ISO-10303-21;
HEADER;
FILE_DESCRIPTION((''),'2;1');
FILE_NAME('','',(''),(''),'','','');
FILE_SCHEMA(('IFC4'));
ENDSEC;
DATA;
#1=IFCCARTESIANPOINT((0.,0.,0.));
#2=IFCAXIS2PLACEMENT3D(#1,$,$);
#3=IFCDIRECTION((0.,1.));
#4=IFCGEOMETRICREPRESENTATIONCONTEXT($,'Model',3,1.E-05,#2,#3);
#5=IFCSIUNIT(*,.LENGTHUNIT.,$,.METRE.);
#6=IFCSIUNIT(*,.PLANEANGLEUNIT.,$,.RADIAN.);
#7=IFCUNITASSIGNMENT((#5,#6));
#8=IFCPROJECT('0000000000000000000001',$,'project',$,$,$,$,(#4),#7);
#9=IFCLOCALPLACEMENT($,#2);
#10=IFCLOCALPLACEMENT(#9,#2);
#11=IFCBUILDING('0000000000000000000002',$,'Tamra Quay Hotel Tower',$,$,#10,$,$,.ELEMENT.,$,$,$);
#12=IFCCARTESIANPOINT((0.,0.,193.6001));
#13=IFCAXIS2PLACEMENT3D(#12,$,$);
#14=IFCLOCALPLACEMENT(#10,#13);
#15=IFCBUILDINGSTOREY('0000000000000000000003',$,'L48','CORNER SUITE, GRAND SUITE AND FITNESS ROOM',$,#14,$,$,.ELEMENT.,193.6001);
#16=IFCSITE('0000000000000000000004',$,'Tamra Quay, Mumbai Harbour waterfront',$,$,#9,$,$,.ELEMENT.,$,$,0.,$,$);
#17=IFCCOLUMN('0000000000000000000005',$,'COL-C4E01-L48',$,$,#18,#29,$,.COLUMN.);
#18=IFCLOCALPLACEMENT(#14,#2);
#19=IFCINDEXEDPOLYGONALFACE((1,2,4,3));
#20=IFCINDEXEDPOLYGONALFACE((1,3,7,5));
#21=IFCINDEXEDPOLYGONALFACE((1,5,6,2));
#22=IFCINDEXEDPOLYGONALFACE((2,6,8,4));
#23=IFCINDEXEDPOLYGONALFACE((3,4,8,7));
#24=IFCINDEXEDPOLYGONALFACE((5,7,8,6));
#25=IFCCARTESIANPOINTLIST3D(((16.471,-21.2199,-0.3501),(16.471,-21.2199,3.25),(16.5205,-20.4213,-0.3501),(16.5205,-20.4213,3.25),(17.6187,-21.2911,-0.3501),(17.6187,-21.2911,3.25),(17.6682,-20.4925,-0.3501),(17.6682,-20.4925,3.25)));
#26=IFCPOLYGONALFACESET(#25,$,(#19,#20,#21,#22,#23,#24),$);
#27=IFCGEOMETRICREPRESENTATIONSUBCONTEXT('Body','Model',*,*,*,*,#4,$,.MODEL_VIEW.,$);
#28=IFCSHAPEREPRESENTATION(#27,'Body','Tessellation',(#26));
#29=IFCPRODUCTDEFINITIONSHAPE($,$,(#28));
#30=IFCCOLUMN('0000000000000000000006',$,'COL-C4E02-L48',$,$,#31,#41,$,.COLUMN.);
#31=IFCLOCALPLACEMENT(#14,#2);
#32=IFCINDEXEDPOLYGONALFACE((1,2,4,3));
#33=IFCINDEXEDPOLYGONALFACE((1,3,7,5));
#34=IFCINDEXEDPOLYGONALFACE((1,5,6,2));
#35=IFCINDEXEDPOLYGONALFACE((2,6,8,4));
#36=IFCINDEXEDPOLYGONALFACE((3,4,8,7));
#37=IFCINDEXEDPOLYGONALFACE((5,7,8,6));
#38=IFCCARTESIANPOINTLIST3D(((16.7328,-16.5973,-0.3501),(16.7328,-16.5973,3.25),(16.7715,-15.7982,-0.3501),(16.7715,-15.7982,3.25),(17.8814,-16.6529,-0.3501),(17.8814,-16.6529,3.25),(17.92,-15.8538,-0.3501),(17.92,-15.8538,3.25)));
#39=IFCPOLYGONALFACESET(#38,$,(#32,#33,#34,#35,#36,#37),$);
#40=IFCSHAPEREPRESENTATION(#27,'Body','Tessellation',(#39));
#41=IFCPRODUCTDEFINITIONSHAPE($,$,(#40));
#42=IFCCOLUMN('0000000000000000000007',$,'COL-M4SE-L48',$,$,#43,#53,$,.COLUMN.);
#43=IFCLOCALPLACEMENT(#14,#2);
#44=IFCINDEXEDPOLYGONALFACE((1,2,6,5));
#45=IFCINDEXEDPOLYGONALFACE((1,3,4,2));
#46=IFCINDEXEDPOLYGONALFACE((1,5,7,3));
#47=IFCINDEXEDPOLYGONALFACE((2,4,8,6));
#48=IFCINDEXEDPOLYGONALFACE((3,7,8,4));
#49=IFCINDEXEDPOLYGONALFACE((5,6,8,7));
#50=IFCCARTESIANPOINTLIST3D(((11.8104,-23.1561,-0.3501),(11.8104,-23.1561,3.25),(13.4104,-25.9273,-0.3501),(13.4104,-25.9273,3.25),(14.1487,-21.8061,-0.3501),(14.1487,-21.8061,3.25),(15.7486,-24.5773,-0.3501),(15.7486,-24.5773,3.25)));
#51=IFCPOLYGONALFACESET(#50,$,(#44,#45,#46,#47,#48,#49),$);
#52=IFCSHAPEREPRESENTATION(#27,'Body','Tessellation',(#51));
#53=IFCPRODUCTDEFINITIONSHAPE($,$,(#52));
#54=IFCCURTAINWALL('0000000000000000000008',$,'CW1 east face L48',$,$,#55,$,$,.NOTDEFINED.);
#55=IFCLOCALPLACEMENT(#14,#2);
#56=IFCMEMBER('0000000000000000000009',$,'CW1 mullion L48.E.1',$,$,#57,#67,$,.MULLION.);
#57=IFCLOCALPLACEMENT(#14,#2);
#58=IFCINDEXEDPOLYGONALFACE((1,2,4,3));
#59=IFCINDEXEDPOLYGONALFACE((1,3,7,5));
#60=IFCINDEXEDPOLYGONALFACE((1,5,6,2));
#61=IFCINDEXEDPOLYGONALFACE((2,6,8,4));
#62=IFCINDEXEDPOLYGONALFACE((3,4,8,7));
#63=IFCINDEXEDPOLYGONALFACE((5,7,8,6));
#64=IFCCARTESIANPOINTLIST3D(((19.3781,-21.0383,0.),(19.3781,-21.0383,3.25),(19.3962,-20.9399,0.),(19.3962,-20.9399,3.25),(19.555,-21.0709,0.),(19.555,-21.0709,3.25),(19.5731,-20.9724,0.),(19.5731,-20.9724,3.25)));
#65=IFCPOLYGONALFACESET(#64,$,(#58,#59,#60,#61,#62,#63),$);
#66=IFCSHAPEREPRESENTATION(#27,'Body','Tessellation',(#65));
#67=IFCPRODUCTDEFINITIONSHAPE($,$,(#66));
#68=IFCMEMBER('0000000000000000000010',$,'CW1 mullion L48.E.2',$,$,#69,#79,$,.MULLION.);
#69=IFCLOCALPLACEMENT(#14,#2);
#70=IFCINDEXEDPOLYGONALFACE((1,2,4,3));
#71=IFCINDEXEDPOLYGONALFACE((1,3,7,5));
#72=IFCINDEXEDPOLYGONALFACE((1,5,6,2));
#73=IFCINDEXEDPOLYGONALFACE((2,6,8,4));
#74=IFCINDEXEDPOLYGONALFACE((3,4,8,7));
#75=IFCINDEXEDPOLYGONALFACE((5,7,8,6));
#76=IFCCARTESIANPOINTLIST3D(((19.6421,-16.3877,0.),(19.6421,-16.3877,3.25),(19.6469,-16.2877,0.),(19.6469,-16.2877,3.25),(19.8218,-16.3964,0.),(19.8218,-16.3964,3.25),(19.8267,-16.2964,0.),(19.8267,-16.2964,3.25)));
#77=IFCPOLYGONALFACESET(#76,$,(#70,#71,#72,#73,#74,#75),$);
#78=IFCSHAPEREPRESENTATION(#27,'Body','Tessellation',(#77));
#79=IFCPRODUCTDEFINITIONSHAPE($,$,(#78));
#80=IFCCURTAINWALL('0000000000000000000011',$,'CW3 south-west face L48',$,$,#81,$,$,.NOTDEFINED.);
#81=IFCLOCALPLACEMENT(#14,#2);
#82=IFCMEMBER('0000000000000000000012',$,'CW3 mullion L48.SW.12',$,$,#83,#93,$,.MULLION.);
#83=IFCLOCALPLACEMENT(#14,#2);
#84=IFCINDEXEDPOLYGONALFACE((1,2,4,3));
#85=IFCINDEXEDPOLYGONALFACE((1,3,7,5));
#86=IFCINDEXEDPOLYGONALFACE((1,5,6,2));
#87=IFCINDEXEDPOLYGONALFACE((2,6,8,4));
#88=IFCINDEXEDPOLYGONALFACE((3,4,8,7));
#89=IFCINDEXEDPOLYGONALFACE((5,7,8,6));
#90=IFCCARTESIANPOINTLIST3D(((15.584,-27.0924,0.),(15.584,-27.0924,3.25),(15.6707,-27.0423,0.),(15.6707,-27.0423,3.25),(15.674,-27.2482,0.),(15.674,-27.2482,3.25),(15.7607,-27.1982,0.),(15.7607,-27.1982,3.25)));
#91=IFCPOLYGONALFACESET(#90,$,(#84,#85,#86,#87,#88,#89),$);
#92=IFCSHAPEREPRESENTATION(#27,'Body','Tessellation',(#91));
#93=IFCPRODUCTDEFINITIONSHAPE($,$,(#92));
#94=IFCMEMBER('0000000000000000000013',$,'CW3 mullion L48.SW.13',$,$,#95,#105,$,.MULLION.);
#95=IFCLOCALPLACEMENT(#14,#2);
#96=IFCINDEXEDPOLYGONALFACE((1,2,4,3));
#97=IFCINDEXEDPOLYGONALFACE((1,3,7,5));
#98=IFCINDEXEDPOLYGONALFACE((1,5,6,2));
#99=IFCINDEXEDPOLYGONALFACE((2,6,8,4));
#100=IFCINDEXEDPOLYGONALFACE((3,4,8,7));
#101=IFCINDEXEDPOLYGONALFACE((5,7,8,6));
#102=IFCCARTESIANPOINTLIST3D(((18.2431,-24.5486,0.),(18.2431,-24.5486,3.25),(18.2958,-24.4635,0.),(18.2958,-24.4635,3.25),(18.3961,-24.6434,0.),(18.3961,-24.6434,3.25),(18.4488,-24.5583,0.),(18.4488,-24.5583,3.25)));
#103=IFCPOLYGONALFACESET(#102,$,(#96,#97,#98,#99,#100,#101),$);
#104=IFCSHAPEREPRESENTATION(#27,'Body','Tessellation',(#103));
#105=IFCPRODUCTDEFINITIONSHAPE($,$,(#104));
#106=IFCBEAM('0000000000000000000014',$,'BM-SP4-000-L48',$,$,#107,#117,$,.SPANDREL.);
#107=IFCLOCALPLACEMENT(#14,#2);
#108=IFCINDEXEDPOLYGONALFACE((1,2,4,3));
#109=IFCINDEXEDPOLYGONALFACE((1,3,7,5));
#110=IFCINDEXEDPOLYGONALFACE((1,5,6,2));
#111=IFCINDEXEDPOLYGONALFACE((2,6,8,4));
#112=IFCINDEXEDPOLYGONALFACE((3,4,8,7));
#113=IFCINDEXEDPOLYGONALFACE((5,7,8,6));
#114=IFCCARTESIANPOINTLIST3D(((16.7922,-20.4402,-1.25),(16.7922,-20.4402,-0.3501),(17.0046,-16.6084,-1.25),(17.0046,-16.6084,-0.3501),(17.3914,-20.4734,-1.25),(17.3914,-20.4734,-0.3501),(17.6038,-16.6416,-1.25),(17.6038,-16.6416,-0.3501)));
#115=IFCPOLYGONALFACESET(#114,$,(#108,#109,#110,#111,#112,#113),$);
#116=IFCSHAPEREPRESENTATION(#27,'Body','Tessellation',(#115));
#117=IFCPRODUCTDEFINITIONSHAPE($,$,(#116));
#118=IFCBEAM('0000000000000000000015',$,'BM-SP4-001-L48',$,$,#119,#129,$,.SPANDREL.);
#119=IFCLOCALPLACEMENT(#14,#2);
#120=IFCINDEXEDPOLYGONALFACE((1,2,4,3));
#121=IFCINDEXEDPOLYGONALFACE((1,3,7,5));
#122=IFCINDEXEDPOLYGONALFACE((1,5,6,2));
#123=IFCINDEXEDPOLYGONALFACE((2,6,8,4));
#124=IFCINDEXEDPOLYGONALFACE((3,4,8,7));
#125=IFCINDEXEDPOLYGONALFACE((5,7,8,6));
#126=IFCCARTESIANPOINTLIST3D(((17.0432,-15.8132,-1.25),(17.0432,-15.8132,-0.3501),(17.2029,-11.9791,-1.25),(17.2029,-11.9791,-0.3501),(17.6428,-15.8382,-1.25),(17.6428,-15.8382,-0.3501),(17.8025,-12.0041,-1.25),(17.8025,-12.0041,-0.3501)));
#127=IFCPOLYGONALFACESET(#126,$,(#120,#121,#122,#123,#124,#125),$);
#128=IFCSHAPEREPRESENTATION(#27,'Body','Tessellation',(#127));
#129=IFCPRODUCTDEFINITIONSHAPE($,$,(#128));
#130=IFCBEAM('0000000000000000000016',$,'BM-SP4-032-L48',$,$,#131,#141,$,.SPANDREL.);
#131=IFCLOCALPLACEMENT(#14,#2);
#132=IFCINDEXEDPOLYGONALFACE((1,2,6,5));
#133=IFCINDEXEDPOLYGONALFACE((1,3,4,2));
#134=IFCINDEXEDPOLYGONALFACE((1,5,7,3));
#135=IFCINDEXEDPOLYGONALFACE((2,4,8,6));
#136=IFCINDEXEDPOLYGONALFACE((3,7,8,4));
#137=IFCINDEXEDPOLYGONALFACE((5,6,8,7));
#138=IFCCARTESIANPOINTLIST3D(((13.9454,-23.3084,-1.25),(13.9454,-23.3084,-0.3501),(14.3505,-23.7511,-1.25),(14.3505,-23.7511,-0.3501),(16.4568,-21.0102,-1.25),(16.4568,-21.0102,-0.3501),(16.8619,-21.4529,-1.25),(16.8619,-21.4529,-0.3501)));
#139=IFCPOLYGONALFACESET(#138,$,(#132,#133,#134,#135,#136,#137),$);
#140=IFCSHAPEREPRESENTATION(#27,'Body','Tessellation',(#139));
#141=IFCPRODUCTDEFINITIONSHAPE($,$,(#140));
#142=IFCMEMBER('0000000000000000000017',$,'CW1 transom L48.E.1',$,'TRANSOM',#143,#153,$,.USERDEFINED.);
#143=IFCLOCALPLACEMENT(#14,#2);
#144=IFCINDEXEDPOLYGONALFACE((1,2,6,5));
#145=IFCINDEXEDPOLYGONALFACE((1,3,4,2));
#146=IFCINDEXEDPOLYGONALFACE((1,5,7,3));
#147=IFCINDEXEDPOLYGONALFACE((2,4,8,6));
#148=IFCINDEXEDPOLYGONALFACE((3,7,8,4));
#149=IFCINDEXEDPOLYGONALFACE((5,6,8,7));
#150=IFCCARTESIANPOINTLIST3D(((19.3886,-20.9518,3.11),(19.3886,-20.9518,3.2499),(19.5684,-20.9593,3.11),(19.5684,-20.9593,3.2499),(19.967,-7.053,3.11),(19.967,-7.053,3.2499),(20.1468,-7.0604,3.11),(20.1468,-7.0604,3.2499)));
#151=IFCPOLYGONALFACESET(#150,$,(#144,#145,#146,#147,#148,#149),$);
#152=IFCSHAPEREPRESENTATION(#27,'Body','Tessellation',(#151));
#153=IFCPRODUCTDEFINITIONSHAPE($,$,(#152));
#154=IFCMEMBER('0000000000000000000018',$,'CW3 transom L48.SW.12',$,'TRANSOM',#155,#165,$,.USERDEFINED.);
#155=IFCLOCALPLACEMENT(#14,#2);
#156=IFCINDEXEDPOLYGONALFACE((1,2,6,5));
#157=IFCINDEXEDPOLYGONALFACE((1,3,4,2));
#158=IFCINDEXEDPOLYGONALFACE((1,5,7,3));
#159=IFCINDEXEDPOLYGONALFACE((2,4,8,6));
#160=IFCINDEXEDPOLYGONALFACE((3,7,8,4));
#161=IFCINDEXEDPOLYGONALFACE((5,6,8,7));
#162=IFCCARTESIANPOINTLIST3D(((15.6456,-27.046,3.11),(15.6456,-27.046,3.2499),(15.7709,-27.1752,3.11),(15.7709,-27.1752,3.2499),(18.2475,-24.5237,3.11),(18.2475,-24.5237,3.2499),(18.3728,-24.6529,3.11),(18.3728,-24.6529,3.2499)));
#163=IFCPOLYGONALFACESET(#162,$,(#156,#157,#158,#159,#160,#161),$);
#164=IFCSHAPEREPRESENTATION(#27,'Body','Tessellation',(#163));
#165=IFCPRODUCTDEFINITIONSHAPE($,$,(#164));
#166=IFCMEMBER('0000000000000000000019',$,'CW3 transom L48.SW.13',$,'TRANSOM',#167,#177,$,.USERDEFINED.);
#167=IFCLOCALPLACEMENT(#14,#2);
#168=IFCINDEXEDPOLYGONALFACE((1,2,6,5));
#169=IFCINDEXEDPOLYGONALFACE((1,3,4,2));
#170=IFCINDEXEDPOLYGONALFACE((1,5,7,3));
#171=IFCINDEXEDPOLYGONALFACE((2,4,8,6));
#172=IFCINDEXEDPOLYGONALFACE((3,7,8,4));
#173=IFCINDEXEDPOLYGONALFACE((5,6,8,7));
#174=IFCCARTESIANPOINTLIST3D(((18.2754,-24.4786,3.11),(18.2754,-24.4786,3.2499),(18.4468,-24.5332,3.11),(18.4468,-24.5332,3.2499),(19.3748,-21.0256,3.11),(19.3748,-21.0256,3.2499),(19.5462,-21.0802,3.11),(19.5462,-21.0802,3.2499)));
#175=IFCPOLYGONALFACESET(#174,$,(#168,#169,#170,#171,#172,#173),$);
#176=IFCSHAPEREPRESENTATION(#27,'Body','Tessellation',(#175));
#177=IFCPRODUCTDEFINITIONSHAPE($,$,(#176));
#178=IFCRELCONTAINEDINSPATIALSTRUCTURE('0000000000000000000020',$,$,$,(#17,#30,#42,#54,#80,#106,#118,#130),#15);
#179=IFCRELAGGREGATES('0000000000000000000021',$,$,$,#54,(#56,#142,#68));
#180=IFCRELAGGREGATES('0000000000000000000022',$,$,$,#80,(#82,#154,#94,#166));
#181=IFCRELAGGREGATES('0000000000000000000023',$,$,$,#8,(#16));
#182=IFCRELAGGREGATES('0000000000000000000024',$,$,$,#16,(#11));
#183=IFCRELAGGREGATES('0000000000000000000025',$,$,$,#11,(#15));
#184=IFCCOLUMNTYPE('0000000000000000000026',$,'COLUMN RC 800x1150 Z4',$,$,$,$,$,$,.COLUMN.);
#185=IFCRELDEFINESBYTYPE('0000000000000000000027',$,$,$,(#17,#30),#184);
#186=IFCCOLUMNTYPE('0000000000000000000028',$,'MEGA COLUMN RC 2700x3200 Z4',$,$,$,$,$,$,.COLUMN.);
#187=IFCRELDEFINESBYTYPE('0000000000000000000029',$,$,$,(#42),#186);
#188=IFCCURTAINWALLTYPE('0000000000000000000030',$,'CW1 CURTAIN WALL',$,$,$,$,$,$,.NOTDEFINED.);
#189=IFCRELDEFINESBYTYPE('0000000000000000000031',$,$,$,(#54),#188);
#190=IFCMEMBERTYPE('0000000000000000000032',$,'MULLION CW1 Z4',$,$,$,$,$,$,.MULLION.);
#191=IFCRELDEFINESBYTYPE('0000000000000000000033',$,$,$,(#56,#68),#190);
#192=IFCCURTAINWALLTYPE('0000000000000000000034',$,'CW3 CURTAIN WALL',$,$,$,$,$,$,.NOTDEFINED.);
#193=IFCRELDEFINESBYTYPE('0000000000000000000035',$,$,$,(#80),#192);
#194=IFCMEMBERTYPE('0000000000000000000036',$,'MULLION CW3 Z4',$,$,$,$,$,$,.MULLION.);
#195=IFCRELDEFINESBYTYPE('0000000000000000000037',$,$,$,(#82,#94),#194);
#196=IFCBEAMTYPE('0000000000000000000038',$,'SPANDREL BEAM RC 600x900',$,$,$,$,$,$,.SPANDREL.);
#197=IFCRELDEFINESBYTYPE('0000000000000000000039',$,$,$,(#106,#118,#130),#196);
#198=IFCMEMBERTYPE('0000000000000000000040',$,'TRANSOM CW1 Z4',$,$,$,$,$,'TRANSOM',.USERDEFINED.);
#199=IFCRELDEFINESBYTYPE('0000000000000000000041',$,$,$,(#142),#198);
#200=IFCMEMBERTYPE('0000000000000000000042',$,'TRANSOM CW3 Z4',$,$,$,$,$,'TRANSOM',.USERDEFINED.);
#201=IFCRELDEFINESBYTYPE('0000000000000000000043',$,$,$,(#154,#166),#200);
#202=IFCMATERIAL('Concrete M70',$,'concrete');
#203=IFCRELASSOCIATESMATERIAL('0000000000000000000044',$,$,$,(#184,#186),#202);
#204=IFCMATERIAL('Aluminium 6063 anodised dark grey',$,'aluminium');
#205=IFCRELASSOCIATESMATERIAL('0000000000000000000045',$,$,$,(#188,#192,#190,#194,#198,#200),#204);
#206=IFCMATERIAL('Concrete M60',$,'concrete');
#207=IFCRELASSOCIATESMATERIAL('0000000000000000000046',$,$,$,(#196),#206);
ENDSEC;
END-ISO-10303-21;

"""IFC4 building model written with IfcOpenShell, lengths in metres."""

from ifc_helpers import new_model, si_unit, direction, frame, origin, origin_2d, place, context, subcontext, project, spatial, rectangle, extrude, material, material_profile, profile_set, type_object, element, aggregate, save


model = new_model("IFC4")

# Units and contexts
model_context = context("Model", 3, precision=1e-05, world=origin(), true_north=direction((0.0, 1.0)))
body_context = subcontext(model_context, "Body", "Model", "MODEL_VIEW")
ifc_project = project(units=[si_unit("LENGTHUNIT", "METRE"), si_unit("PLANEANGLEUNIT", "RADIAN")], contexts=[model_context])

# Site, building, storey
site_placement = place(None, origin())
site = spatial("IfcSite", under=ifc_project, at=site_placement, Name="Tamra Quay, Mumbai Harbour waterfront", CompositionType="ELEMENT", RefElevation=0.0)
building_placement = place(site_placement, origin())
building = spatial("IfcBuilding", under=site, at=building_placement, Name="Tamra Quay Hotel Tower", CompositionType="ELEMENT")
storey_placement = place(building_placement, frame((0.0, 0.0, 193.6001)))
storey = spatial("IfcBuildingStorey", under=building, at=storey_placement, Name="L48", Description="CORNER SUITE, GRAND SUITE AND FITNESS ROOM", CompositionType="ELEMENT", Elevation=193.6001)

# Columns
ifc_material_1 = material(Name="Concrete M70", Category="concrete")
ifc_material_profile_1 = material_profile(ifc_material_1, rectangle(XDim=1.1499, YDim=0.8, at=origin_2d()), Name="COLUMN RC 800x1150 Z4")
ifc_profile_set_1 = profile_set([ifc_material_profile_1], Name="Concrete M70")
column_type_1 = type_object("IfcColumnType", Name="COLUMN RC 800x1150 Z4", PredefinedType="COLUMN", material=ifc_profile_set_1)
for number, where, z_axis, x_axis, name in (
    (1, (17.0696, -20.8562, -0.3501), (0.0, 0.0, 1.0), (-0.998081, 0.061921, 0.0), "COL-C4E01-L48"),
    (2, (17.3264, -16.2256, -0.3501), (0.0, 0.0, 1.0), (-0.998831, 0.048344, 0.0), "COL-C4E02-L48"),
):
    element("IfcColumn", number, at=place(storey_placement, frame(where, z_axis=z_axis, x_axis=x_axis)), inside=storey, type_object=column_type_1, Name=name, PredefinedType="COLUMN", context=body_context, shape_type="SweptSolid", body=[
        extrude(rectangle(XDim=1.1499, YDim=0.8, at=origin_2d()), origin(), (0.0, 0.0, 1.0), 3.6001),
    ])
ifc_material_profile_2 = material_profile(ifc_material_1, rectangle(XDim=3.2, YDim=2.7, at=origin_2d()), Name="MEGA COLUMN RC 2700x3200 Z4")
ifc_profile_set_2 = profile_set([ifc_material_profile_2], Name="Concrete M70")
column_type_2 = type_object("IfcColumnType", Name="MEGA COLUMN RC 2700x3200 Z4", PredefinedType="COLUMN", material=ifc_profile_set_2)
column_placement = place(storey_placement, frame((13.7795, -23.8667, -0.3501), z_axis=(0.0, 0.0, 1.0), x_axis=(-0.5, 0.866025, 0.0)))
element("IfcColumn", 3, at=column_placement, inside=storey, type_object=column_type_2, Name="COL-M4SE-L48", PredefinedType="COLUMN", context=body_context, shape_type="SweptSolid", body=[
    extrude(rectangle(XDim=3.2, YDim=2.7, at=origin_2d()), origin(), (0.0, 0.0, 1.0), 3.6001),
])

# Curtain walls, members
ifc_material_2 = material(Name="Aluminium 6063 anodised dark grey", Category="aluminium")
curtain_wall_type_1 = type_object("IfcCurtainWallType", Name="CW1 CURTAIN WALL", PredefinedType="NOTDEFINED", material=ifc_material_2)
curtain_wall_1_placement = place(storey_placement, origin())
curtain_wall_1 = element("IfcCurtainWall", 4, at=curtain_wall_1_placement, inside=storey, type_object=curtain_wall_type_1, Name="CW1 east face L48", PredefinedType="NOTDEFINED")
ifc_material_profile_3 = material_profile(ifc_material_2, rectangle(XDim=0.1799, YDim=0.1001, at=origin_2d()), Name="MULLION 100X180")
ifc_profile_set_3 = profile_set([ifc_material_profile_3], Name="Aluminium 6063 anodised dark grey")
member_type_1 = type_object("IfcMemberType", Name="MULLION CW1 Z4", PredefinedType="MULLION", material=ifc_profile_set_3)
member_1_placement = place(storey_placement, frame((19.4756, -21.0054, 0.0), z_axis=(0.0, 0.0, 1.0), x_axis=(0.983509, -0.180857, 0.0)))
member_1 = element("IfcMember", 5, at=member_1_placement, type_object=member_type_1, Name="CW1 mullion L48.E.1", PredefinedType="MULLION", context=body_context, shape_type="SweptSolid", body=[
    extrude(rectangle(XDim=0.1799, YDim=0.1001, at=origin_2d()), origin(), (0.0, 0.0, 1.0), 3.25),
])
member_2_placement = place(storey_placement, frame((19.7344, -16.342, 0.0), z_axis=(0.0, 0.0, 1.0), x_axis=(0.998823, -0.048509, 0.0)))
member_2 = element("IfcMember", 6, at=member_2_placement, type_object=member_type_1, Name="CW1 mullion L48.E.2", PredefinedType="MULLION", context=body_context, shape_type="SweptSolid", body=[
    extrude(rectangle(XDim=0.1799, YDim=0.1001, at=origin_2d()), origin(), (0.0, 0.0, 1.0), 3.25),
])
curtain_wall_type_2 = type_object("IfcCurtainWallType", Name="CW3 CURTAIN WALL", PredefinedType="NOTDEFINED", material=ifc_material_2)
curtain_wall_2_placement = place(storey_placement, origin())
curtain_wall_2 = element("IfcCurtainWall", 7, at=curtain_wall_2_placement, inside=storey, type_object=curtain_wall_type_2, Name="CW3 south-west face L48", PredefinedType="NOTDEFINED")
ifc_material_profile_4 = material_profile(ifc_material_2, rectangle(XDim=0.1799, YDim=0.1001, at=origin_2d()), Name="MULLION 100X180")
ifc_profile_set_4 = profile_set([ifc_material_profile_4], Name="Aluminium 6063 anodised dark grey")
member_type_2 = type_object("IfcMemberType", Name="MULLION CW3 Z4", PredefinedType="MULLION", material=ifc_profile_set_4)
member_3_placement = place(storey_placement, frame((15.6724, -27.1453, 0.0), z_axis=(0.0, 0.0, 1.0), x_axis=(0.5, -0.866025, 0.0)))
member_3 = element("IfcMember", 8, at=member_3_placement, type_object=member_type_2, Name="CW3 mullion L48.SW.12", PredefinedType="MULLION", context=body_context, shape_type="SweptSolid", body=[
    extrude(rectangle(XDim=0.1799, YDim=0.1001, at=origin_2d()), origin(), (0.0, 0.0, 1.0), 3.25),
])
member_4_placement = place(storey_placement, frame((18.3459, -24.5535, 0.0), z_axis=(0.0, 0.0, 1.0), x_axis=(0.850122, -0.526586, 0.0)))
member_4 = element("IfcMember", 9, at=member_4_placement, type_object=member_type_2, Name="CW3 mullion L48.SW.13", PredefinedType="MULLION", context=body_context, shape_type="SweptSolid", body=[
    extrude(rectangle(XDim=0.1799, YDim=0.1001, at=origin_2d()), origin(), (0.0, 0.0, 1.0), 3.25),
])

# Beams
ifc_material_3 = material(Name="Concrete M60", Category="concrete")
ifc_material_profile_5 = material_profile(ifc_material_3, rectangle(XDim=0.6001, YDim=0.8999, at=origin_2d()), Name="SPANDREL BEAM RC 600x900")
ifc_profile_set_5 = profile_set([ifc_material_profile_5], Name="Concrete M60")
beam_type = type_object("IfcBeamType", Name="SPANDREL BEAM RC 600x900", PredefinedType="SPANDREL", material=ifc_profile_set_5)
beam_1_placement = place(storey_placement, frame((17.0918, -20.4568, -0.8), z_axis=(0.055347, 0.998467, 0.0), x_axis=(-0.998467, 0.055347, 0.0)))
element("IfcBeam", 10, at=beam_1_placement, inside=storey, type_object=beam_type, Name="BM-SP4-000-L48", PredefinedType="SPANDREL", context=body_context, shape_type="SweptSolid", body=[
    extrude(rectangle(XDim=0.6001, YDim=0.8999, at=origin_2d()), origin(), (0.0, 0.0, 1.0), 3.8376),
])
beam_2_placement = place(storey_placement, frame((17.343, -15.8257, -0.8), z_axis=(0.041609, 0.999134, 0.0), x_axis=(-0.999134, 0.041609, 0.0)))
element("IfcBeam", 11, at=beam_2_placement, inside=storey, type_object=beam_type, Name="BM-SP4-001-L48", PredefinedType="SPANDREL", context=body_context, shape_type="SweptSolid", body=[
    extrude(rectangle(XDim=0.6001, YDim=0.8999, at=origin_2d()), origin(), (0.0, 0.0, 1.0), 3.8374),
])
beam_3_placement = place(storey_placement, frame((14.1479, -23.5298, -0.8), z_axis=(0.737716, 0.675111, 0.0), x_axis=(-0.675111, 0.737716, 0.0)))
element("IfcBeam", 12, at=beam_3_placement, inside=storey, type_object=beam_type, Name="BM-SP4-032-L48", PredefinedType="SPANDREL", context=body_context, shape_type="SweptSolid", body=[
    extrude(rectangle(XDim=0.6001, YDim=0.8999, at=origin_2d()), origin(), (0.0, 0.0, 1.0), 3.4043),
])

# Members
ifc_material_profile_6 = material_profile(ifc_material_2, rectangle(XDim=0.1799, YDim=0.1399, at=origin_2d()), Name="TRANSOM 180X140")
ifc_profile_set_6 = profile_set([ifc_material_profile_6], Name="Aluminium 6063 anodised dark grey")
member_type_3 = type_object("IfcMemberType", Name="TRANSOM CW1 Z4", ElementType="TRANSOM", PredefinedType="USERDEFINED", material=ifc_profile_set_6)
member_5_placement = place(storey_placement, frame((19.4785, -20.9556, 3.1799), z_axis=(0.041577, 0.999135, 0.0), x_axis=(-0.999135, 0.041577, 0.0)))
member_5 = element("IfcMember", 13, at=member_5_placement, type_object=member_type_3, Name="CW1 transom L48.E.1", ObjectType="TRANSOM", PredefinedType="USERDEFINED", context=body_context, shape_type="SweptSolid", body=[
    extrude(rectangle(XDim=0.1799, YDim=0.1399, at=origin_2d()), origin(), (0.0, 0.0, 1.0), 13.9109),
])
ifc_material_profile_7 = material_profile(ifc_material_2, rectangle(XDim=0.1799, YDim=0.1399, at=origin_2d()), Name="TRANSOM 180X140")
ifc_profile_set_7 = profile_set([ifc_material_profile_7], Name="Aluminium 6063 anodised dark grey")
member_type_4 = type_object("IfcMemberType", Name="TRANSOM CW3 Z4", ElementType="TRANSOM", PredefinedType="USERDEFINED", material=ifc_profile_set_7)
member_6_placement = place(storey_placement, frame((15.7083, -27.1106, 3.1799), z_axis=(0.718003, 0.69604, 0.0), x_axis=(-0.69604, 0.718003, 0.0)))
member_6 = element("IfcMember", 14, at=member_6_placement, type_object=member_type_4, Name="CW3 transom L48.SW.12", ObjectType="TRANSOM", PredefinedType="USERDEFINED", context=body_context, shape_type="SweptSolid", body=[
    extrude(rectangle(XDim=0.1799, YDim=0.1399, at=origin_2d()), origin(), (0.0, 0.0, 1.0), 3.6238),
])
member_7_placement = place(storey_placement, frame((18.3611, -24.5059, 3.1799), z_axis=(0.303384, 0.952868, 0.0), x_axis=(-0.952868, 0.303384, 0.0)))
member_7 = element("IfcMember", 15, at=member_7_placement, type_object=member_type_4, Name="CW3 transom L48.SW.13", ObjectType="TRANSOM", PredefinedType="USERDEFINED", context=body_context, shape_type="SweptSolid", body=[
    extrude(rectangle(XDim=0.1799, YDim=0.1399, at=origin_2d()), origin(), (0.0, 0.0, 1.0), 3.6238),
])

aggregate(curtain_wall_1, [member_1, member_5, member_2])
aggregate(curtain_wall_2, [member_3, member_6, member_4, member_7])

save(model, "model.ifc")
